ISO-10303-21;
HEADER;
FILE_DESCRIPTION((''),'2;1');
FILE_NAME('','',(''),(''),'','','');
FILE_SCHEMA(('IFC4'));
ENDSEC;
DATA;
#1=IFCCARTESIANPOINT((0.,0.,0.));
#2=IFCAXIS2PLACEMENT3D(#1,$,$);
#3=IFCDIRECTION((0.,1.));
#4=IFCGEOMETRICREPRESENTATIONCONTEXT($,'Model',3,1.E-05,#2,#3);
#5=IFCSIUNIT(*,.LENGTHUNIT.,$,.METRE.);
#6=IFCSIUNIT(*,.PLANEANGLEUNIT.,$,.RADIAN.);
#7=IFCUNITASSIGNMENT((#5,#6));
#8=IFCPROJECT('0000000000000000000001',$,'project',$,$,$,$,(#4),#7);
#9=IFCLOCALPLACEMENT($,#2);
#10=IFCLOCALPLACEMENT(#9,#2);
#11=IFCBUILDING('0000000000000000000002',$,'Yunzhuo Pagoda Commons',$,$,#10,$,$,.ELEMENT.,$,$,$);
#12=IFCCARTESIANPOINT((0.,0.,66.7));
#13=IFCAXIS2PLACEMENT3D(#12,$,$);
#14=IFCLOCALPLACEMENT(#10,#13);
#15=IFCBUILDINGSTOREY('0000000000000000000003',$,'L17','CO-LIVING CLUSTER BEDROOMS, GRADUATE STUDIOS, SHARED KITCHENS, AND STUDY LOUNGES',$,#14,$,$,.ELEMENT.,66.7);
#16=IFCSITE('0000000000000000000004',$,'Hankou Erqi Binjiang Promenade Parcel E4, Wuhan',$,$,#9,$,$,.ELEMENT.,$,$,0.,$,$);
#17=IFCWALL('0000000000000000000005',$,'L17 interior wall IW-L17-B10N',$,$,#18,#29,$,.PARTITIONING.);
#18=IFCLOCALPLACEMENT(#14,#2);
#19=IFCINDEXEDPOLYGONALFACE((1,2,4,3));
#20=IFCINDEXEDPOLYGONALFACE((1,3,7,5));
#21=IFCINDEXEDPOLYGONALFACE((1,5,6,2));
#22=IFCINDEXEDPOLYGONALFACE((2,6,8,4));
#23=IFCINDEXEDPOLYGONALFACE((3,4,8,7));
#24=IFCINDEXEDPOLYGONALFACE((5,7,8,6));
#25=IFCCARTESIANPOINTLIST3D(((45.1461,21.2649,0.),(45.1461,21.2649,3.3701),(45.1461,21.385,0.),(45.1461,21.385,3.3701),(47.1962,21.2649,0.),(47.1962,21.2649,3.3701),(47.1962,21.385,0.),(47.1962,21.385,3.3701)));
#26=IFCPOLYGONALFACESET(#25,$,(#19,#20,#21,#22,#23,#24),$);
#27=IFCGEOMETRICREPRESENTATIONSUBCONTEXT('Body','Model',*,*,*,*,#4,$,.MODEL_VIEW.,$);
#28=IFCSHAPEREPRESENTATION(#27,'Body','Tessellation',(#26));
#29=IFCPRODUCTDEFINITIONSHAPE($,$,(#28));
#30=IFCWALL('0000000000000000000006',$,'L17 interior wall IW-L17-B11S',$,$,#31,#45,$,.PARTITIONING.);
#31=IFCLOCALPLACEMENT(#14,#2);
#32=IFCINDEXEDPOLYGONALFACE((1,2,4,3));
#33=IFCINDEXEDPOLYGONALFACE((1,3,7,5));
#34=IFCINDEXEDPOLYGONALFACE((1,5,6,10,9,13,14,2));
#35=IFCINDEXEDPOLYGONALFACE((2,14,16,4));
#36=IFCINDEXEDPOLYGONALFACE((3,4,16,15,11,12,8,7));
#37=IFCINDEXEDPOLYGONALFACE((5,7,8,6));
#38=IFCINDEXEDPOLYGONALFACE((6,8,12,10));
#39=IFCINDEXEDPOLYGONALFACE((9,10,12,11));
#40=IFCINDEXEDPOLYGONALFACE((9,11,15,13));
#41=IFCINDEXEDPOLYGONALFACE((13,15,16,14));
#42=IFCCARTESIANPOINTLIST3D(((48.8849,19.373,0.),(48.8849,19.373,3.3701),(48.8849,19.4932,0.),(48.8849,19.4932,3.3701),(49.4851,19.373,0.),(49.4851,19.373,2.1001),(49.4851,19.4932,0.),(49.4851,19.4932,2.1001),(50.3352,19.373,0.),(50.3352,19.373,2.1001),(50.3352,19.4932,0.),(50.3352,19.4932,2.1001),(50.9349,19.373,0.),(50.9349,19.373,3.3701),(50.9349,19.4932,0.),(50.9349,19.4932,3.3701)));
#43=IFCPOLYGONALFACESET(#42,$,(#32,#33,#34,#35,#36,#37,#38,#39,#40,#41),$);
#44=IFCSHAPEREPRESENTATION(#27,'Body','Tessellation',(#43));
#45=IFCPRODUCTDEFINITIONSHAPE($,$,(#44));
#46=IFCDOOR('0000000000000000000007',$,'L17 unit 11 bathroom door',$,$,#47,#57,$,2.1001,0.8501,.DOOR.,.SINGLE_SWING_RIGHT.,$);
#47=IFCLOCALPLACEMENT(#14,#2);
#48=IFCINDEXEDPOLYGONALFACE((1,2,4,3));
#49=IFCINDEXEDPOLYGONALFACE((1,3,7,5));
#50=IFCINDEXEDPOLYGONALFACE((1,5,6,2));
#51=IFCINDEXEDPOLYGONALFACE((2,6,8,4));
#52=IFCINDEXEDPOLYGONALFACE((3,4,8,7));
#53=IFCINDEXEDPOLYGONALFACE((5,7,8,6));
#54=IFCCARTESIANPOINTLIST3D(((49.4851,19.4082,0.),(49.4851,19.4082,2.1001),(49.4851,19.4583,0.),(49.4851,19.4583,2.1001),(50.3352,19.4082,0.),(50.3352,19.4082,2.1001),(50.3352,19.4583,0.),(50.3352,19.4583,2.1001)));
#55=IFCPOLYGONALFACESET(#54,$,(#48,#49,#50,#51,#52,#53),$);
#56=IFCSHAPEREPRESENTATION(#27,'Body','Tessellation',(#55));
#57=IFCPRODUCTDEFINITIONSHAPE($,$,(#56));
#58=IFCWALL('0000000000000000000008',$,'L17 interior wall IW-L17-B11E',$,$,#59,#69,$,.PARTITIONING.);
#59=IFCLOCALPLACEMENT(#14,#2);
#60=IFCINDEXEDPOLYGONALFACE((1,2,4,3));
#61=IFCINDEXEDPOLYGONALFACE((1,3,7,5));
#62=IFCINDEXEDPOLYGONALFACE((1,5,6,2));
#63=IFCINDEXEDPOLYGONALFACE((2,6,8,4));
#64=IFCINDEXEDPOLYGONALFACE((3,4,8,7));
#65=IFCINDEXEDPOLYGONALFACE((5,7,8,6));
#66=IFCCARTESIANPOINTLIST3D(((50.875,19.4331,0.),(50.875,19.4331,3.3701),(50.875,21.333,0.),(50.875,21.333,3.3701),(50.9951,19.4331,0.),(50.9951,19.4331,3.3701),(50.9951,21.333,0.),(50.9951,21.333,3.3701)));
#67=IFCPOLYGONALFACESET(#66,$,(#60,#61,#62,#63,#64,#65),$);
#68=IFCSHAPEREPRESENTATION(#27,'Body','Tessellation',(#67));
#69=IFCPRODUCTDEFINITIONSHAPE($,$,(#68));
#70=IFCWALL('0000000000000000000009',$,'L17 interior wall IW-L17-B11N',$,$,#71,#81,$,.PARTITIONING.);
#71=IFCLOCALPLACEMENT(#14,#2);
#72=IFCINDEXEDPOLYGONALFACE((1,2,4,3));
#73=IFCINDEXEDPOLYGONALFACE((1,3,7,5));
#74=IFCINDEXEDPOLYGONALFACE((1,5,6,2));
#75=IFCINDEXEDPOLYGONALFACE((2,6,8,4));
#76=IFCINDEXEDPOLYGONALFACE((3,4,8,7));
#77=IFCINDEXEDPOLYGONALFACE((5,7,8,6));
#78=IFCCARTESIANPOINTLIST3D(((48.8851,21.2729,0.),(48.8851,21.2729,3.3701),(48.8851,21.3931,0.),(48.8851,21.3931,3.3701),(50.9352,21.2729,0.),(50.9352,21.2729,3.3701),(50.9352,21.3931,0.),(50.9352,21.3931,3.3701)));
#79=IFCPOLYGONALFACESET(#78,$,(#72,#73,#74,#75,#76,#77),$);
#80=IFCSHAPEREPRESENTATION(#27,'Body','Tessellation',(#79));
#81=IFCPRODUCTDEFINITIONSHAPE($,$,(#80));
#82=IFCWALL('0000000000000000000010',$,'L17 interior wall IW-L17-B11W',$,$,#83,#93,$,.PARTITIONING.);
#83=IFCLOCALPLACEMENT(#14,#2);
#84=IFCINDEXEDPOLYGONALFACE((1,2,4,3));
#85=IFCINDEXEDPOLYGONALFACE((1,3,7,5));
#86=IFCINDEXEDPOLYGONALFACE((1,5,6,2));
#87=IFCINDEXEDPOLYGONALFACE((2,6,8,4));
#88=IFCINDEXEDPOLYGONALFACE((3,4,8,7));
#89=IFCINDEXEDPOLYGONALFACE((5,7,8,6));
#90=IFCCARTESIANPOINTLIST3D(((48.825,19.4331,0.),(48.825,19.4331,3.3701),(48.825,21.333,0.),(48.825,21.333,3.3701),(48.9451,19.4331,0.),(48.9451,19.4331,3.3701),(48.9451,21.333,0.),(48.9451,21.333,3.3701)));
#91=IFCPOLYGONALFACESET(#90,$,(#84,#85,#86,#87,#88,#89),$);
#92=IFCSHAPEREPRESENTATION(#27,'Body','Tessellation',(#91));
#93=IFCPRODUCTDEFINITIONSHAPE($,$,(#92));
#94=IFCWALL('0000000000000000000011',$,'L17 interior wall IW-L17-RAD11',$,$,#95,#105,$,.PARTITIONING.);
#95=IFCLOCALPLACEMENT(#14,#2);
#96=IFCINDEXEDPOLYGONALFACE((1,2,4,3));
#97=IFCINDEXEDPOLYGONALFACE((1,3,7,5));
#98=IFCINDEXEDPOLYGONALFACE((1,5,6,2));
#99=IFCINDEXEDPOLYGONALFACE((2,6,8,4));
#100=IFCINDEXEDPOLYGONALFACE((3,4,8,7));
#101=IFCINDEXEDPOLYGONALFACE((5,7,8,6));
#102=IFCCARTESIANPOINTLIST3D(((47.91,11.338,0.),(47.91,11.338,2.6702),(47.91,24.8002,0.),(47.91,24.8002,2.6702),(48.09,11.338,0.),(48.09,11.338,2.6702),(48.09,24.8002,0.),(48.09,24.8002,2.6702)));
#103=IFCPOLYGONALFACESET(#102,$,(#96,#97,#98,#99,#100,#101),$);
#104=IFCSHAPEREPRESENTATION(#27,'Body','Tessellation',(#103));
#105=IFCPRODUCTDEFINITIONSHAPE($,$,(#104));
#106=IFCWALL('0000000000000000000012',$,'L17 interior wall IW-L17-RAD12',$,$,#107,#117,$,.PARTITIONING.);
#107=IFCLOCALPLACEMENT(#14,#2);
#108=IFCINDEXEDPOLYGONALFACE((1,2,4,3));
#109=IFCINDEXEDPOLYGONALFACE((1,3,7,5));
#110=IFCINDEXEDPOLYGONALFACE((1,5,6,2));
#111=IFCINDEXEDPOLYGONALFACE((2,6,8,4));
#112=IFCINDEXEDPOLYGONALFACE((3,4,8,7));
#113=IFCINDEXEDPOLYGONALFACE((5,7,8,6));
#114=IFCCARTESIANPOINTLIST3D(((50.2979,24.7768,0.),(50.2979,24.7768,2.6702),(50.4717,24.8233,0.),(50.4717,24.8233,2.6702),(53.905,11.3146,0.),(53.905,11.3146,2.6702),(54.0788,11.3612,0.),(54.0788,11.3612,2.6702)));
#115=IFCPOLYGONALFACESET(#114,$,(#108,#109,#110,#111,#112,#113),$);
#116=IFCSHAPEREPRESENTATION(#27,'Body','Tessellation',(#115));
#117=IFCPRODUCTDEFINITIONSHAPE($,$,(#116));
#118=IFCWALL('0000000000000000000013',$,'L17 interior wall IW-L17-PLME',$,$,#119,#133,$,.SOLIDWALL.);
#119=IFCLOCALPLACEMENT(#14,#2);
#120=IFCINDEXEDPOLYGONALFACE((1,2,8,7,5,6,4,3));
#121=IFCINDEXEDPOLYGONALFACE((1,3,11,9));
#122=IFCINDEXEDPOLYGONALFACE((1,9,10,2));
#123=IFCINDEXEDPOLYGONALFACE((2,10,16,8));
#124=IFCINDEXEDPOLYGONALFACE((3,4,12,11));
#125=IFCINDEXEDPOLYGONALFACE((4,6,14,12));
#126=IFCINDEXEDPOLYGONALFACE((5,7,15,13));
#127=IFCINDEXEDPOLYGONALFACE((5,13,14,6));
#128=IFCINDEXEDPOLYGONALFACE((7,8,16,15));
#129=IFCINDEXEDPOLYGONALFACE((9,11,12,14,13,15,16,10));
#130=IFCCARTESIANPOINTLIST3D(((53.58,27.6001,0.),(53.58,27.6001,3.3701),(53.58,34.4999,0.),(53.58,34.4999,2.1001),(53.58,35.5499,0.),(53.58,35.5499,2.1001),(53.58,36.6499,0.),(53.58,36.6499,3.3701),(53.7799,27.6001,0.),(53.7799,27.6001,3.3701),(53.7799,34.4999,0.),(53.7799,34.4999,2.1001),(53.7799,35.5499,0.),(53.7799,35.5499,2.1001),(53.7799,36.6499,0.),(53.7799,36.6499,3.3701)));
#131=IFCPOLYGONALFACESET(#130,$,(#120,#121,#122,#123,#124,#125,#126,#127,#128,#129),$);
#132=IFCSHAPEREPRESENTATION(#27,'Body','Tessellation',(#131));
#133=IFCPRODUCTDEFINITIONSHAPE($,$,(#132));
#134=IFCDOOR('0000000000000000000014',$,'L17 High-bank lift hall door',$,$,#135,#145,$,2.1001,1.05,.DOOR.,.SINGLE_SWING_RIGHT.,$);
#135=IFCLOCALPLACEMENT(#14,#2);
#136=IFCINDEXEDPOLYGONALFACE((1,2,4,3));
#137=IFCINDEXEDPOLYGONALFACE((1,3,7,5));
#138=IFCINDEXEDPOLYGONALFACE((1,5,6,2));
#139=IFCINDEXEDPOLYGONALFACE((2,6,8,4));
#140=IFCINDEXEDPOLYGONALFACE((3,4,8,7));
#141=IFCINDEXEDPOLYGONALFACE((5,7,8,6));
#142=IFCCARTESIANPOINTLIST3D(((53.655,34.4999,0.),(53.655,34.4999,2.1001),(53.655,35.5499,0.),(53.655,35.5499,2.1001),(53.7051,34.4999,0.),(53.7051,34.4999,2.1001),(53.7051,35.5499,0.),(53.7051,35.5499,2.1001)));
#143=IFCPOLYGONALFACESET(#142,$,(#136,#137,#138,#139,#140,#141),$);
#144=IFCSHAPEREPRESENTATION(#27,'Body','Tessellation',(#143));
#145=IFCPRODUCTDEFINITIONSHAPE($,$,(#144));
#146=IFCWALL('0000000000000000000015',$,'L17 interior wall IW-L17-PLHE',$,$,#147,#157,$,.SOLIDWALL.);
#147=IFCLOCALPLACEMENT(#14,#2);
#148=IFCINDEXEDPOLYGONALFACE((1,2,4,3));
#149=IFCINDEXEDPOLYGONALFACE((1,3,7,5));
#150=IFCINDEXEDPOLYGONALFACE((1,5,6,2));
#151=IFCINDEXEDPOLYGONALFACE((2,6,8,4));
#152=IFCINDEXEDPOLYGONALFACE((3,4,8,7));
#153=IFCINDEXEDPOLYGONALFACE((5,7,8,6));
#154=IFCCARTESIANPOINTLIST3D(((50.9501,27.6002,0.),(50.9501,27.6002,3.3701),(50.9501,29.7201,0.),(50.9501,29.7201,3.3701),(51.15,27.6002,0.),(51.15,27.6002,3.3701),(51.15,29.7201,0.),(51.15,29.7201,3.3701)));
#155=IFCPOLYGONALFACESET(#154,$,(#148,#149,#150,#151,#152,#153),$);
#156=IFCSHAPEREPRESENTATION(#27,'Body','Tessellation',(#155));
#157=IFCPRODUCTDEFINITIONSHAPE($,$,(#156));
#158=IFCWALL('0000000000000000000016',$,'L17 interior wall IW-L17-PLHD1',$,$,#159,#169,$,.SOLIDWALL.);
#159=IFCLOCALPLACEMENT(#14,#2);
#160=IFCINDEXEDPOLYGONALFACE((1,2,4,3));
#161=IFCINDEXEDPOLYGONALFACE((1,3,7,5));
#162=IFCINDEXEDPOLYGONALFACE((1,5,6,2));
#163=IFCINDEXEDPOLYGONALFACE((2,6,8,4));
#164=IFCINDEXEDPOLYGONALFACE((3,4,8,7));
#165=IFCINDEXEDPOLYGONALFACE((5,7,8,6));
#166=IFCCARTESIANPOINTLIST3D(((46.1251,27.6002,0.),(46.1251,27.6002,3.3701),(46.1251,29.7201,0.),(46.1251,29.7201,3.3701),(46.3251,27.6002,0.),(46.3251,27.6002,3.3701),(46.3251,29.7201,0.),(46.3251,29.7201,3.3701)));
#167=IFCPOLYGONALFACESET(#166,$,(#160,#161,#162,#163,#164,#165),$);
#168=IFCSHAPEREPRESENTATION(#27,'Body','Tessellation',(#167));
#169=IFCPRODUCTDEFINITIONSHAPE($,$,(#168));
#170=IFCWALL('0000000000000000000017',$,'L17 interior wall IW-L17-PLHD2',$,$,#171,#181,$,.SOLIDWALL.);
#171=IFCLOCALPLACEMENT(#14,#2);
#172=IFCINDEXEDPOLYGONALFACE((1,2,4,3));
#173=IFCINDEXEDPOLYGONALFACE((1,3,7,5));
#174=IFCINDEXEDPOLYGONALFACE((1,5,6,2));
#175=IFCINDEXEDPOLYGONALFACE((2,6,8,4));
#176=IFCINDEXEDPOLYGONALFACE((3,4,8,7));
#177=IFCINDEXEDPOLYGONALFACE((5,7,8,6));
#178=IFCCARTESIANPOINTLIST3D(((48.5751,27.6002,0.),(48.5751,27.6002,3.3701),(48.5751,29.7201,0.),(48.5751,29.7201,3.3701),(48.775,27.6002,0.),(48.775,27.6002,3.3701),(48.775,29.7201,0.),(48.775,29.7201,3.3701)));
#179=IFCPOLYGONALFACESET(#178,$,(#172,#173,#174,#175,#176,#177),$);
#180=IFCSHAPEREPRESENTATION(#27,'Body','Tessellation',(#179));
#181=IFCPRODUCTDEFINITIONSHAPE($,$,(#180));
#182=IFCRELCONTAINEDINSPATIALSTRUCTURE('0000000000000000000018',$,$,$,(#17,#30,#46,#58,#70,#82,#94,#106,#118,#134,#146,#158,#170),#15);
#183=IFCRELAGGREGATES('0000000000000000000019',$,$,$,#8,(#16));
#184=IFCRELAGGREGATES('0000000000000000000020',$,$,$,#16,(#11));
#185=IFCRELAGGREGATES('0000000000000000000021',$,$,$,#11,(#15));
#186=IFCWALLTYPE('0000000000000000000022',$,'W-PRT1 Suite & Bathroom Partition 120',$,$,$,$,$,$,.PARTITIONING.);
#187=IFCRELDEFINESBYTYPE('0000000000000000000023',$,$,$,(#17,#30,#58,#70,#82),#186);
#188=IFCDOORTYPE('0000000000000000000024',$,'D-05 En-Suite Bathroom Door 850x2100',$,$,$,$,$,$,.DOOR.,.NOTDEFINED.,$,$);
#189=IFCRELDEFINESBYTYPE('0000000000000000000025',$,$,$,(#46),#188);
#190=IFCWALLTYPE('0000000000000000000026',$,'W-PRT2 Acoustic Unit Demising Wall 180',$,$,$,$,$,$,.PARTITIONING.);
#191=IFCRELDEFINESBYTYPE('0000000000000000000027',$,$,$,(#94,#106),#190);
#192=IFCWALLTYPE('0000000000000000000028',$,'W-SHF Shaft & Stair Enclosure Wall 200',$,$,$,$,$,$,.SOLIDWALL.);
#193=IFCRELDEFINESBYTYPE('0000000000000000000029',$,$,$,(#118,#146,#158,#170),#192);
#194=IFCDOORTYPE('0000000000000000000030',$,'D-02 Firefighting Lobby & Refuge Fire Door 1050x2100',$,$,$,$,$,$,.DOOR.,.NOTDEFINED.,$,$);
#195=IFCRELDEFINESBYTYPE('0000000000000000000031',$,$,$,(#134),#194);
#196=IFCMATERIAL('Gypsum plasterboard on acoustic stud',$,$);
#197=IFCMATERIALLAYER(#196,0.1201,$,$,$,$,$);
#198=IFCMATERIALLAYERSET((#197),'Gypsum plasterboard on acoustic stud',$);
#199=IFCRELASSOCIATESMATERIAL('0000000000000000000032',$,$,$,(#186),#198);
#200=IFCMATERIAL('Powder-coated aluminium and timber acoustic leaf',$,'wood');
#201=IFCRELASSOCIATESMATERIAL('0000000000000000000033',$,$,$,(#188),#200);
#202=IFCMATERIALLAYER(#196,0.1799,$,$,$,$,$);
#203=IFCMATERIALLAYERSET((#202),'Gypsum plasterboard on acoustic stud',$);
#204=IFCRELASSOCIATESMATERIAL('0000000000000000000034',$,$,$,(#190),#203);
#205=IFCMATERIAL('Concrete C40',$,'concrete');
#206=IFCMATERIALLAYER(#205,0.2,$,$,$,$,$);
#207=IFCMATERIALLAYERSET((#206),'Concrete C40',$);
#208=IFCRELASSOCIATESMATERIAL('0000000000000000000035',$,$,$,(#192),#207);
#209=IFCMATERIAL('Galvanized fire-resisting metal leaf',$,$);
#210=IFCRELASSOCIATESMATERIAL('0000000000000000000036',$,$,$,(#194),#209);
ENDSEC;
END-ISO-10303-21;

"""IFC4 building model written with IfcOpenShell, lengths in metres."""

from ifc_helpers import new_model, si_unit, direction, frame, frame_2d, origin, origin_with_axes, place, context, subcontext, project, spatial, rectangle, extrude, source, transform, mapped, material, layer, layer_set, type_object, element, fill, save


model = new_model("IFC4")

# Units and contexts
model_context = context("Model", 3, precision=1e-05, world=origin(), true_north=direction((0.0, 1.0)))
body_context = subcontext(model_context, "Body", "Model", "MODEL_VIEW")
ifc_project = project(units=[si_unit("LENGTHUNIT", "METRE"), si_unit("PLANEANGLEUNIT", "RADIAN")], contexts=[model_context])

# Site, building, storey
site_placement = place(None, origin())
site = spatial("IfcSite", under=ifc_project, at=site_placement, Name="Hankou Erqi Binjiang Promenade Parcel E4, Wuhan", CompositionType="ELEMENT", RefElevation=0.0)
building_placement = place(site_placement, origin())
building = spatial("IfcBuilding", under=site, at=building_placement, Name="Yunzhuo Pagoda Commons", CompositionType="ELEMENT")
storey_placement = place(building_placement, frame((0.0, 0.0, 66.7)))
storey = spatial("IfcBuildingStorey", under=building, at=storey_placement, Name="L17", Description="CO-LIVING CLUSTER BEDROOMS, GRADUATE STUDIOS, SHARED KITCHENS, AND STUDY LOUNGES", CompositionType="ELEMENT", Elevation=66.7)

# Shared definitions
ifc_material_1 = material(Name="Gypsum plasterboard on acoustic stud")
ifc_material_2 = material(Name="Galvanized fire-resisting metal leaf")

# Wall
ifc_layer_1 = layer(ifc_material_1, 0.1201)
ifc_layer_set_1 = layer_set([ifc_layer_1], Name="Gypsum plasterboard on acoustic stud")
wall_type_1 = type_object("IfcWallType", Name="W-PRT1 Suite & Bathroom Partition 120", PredefinedType="PARTITIONING", material=ifc_layer_set_1)
wall_1_placement = place(storey_placement, frame((47.196, 21.325, 0.0), z_axis=(0.0, 0.0, 1.0), x_axis=(-1.0, 0.0, 0.0)))
element("IfcWall", 1, at=wall_1_placement, inside=storey, type_object=wall_type_1, Name="L17 interior wall IW-L17-B10N", PredefinedType="PARTITIONING", context=body_context, shape_type="SweptSolid", body=[
    extrude(rectangle(XDim=2.05, YDim=0.1201, at=frame_2d((1.0249, 0.0))), origin(), (0.0, 0.0, 1.0), 3.3701),
])

# Wall, opening, door
wall_2_placement = place(storey_placement, frame((48.885, 19.4331, 0.0), z_axis=(0.0, 0.0, 1.0), x_axis=(1.0, 0.0, 0.0)))
wall_2 = element("IfcWall", 2, at=wall_2_placement, inside=storey, type_object=wall_type_1, Name="L17 interior wall IW-L17-B11S", PredefinedType="PARTITIONING", context=body_context, shape_type="SweptSolid", body=[
    extrude(rectangle(XDim=2.05, YDim=0.1201, at=frame_2d((1.0249, 0.0))), origin(), (0.0, 0.0, 1.0), 3.3701),
])
opening_1_placement = place(wall_2_placement, frame((0.6001, 0.0, 0.0)))
opening_1 = element("IfcOpeningElement", 3, at=opening_1_placement, cuts=wall_2, PredefinedType="OPENING", context=body_context, shape_type="SweptSolid", body=[
    extrude(rectangle(XDim=0.8501, YDim=2.1001, at=frame_2d((0.425, 1.05))), frame((0.0, 0.0701, 0.0), z_axis=(0.0, -1.0, 0.0), x_axis=(1.0, 0.0, 0.0)), (0.0, 0.0, 1.0), 0.1401),
])
ifc_material_3 = material(Name="Powder-coated aluminium and timber acoustic leaf", Category="wood")
door_type_1 = type_object("IfcDoorType", Name="D-05 En-Suite Bathroom Door 850x2100", OperationType="NOTDEFINED", PredefinedType="DOOR", material=ifc_material_3)
shared_shape_1 = source(origin(), body_context, "Body", "SweptSolid", [
    extrude(rectangle(XDim=0.8501, YDim=2.1001, at=frame_2d((0.425, 1.05))), frame((0.0, 0.0249, 0.0), z_axis=(0.0, -1.0, 0.0), x_axis=(1.0, 0.0, 0.0)), (0.0, 0.0, 1.0), 0.05),
])
door_1_placement = place(opening_1_placement, frame((0.8501, 0.0, 0.0), z_axis=(0.0, 0.0, 1.0), x_axis=(-1.0, 0.0, 0.0)))
door_1 = element("IfcDoor", 4, at=door_1_placement, inside=storey, type_object=door_type_1, Name="L17 unit 11 bathroom door", OperationType="SINGLE_SWING_RIGHT", OverallHeight=2.1001, OverallWidth=0.8501, PredefinedType="DOOR", context=body_context, shape_type="MappedRepresentation", body=[
    mapped(shared_shape_1, transform((0.0, 0.0, 0.0), scale=1.0)),
])
fill(opening_1, door_1)

# Walls
wall_3_placement = place(storey_placement, frame((50.9351, 19.4331, 0.0), z_axis=(0.0, 0.0, 1.0), x_axis=(0.0, 1.0, 0.0)))
element("IfcWall", 5, at=wall_3_placement, inside=storey, type_object=wall_type_1, Name="L17 interior wall IW-L17-B11E", PredefinedType="PARTITIONING", context=body_context, shape_type="SweptSolid", body=[
    extrude(rectangle(XDim=1.8999, YDim=0.1201, at=frame_2d((0.95, 0.0))), origin(), (0.0, 0.0, 1.0), 3.3701),
])
wall_4_placement = place(storey_placement, frame((50.9351, 21.333, 0.0), z_axis=(0.0, 0.0, 1.0), x_axis=(-1.0, 0.0, 0.0)))
element("IfcWall", 6, at=wall_4_placement, inside=storey, type_object=wall_type_1, Name="L17 interior wall IW-L17-B11N", PredefinedType="PARTITIONING", context=body_context, shape_type="SweptSolid", body=[
    extrude(rectangle(XDim=2.05, YDim=0.1201, at=frame_2d((1.0249, 0.0))), origin(), (0.0, 0.0, 1.0), 3.3701),
])
wall_5_placement = place(storey_placement, frame((48.885, 21.333, 0.0), z_axis=(0.0, 0.0, 1.0), x_axis=(0.0, -1.0, 0.0)))
element("IfcWall", 7, at=wall_5_placement, inside=storey, type_object=wall_type_1, Name="L17 interior wall IW-L17-B11W", PredefinedType="PARTITIONING", context=body_context, shape_type="SweptSolid", body=[
    extrude(rectangle(XDim=1.8999, YDim=0.1201, at=frame_2d((0.95, 0.0))), origin(), (0.0, 0.0, 1.0), 3.3701),
])
ifc_layer_2 = layer(ifc_material_1, 0.1799)
ifc_layer_set_2 = layer_set([ifc_layer_2], Name="Gypsum plasterboard on acoustic stud")
wall_type_2 = type_object("IfcWallType", Name="W-PRT2 Acoustic Unit Demising Wall 180", PredefinedType="PARTITIONING", material=ifc_layer_set_2)
wall_6_placement = place(storey_placement, frame((48.0, 24.8, 0.0), z_axis=(0.0, 0.0, 1.0), x_axis=(0.0, -1.0, 0.0)))
element("IfcWall", 8, at=wall_6_placement, inside=storey, type_object=wall_type_2, Name="L17 interior wall IW-L17-RAD11", PredefinedType="PARTITIONING", context=body_context, shape_type="SweptSolid", body=[
    extrude(rectangle(XDim=13.4622, YDim=0.1799, at=frame_2d((6.731, 0.0))), origin(), (0.0, 0.0, 1.0), 2.6702),
])
wall_7_placement = place(storey_placement, frame((50.3848, 24.8, 0.0), z_axis=(0.0, 0.0, 1.0), x_axis=(0.258819, -0.965926, 0.0)))
element("IfcWall", 9, at=wall_7_placement, inside=storey, type_object=wall_type_2, Name="L17 interior wall IW-L17-RAD12", PredefinedType="PARTITIONING", context=body_context, shape_type="SweptSolid", body=[
    extrude(rectangle(XDim=13.937, YDim=0.1799, at=frame_2d((6.9685, 0.0))), origin(), (0.0, 0.0, 1.0), 2.6702),
])

# Wall, opening, door
ifc_material_4 = material(Name="Concrete C40", Category="concrete")
ifc_layer_3 = layer(ifc_material_4, 0.2)
ifc_layer_set_3 = layer_set([ifc_layer_3], Name="Concrete C40")
wall_type_3 = type_object("IfcWallType", Name="W-SHF Shaft & Stair Enclosure Wall 200", PredefinedType="SOLIDWALL", material=ifc_layer_set_3)
wall_8_placement = place(storey_placement, frame((53.6799, 27.6001, 0.0), z_axis=(0.0, 0.0, 1.0), x_axis=(0.0, 1.0, 0.0)))
wall_8 = element("IfcWall", 10, at=wall_8_placement, inside=storey, type_object=wall_type_3, Name="L17 interior wall IW-L17-PLME", PredefinedType="SOLIDWALL", context=body_context, shape_type="SweptSolid", body=[
    extrude(rectangle(XDim=9.0498, YDim=0.2, at=frame_2d((4.5249, 0.0))), origin(), (0.0, 0.0, 1.0), 3.3701),
])
opening_2_placement = place(wall_8_placement, frame((6.8999, 0.0, 0.0)))
opening_2 = element("IfcOpeningElement", 11, at=opening_2_placement, cuts=wall_8, PredefinedType="OPENING", context=body_context, shape_type="SweptSolid", body=[
    extrude(rectangle(XDim=1.05, YDim=2.1001, at=frame_2d((0.5249, 1.05))), frame((0.0, 0.1099, 0.0), z_axis=(0.0, -1.0, 0.0), x_axis=(1.0, 0.0, 0.0)), (0.0, 0.0, 1.0), 0.22),
])
door_type_2 = type_object("IfcDoorType", Name="D-02 Firefighting Lobby & Refuge Fire Door 1050x2100", OperationType="NOTDEFINED", PredefinedType="DOOR", material=ifc_material_2)
shared_shape_2 = source(origin(), body_context, "Body", "SweptSolid", [
    extrude(rectangle(XDim=1.05, YDim=2.1001, at=frame_2d((0.5249, 1.05))), frame((0.0, 0.0249, 0.0), z_axis=(0.0, -1.0, 0.0), x_axis=(1.0, 0.0, 0.0)), (0.0, 0.0, 1.0), 0.05),
])
door_2_placement = place(opening_2_placement, origin_with_axes())
door_2 = element("IfcDoor", 12, at=door_2_placement, inside=storey, type_object=door_type_2, Name="L17 High-bank lift hall door", OperationType="SINGLE_SWING_RIGHT", OverallHeight=2.1001, OverallWidth=1.05, PredefinedType="DOOR", context=body_context, shape_type="MappedRepresentation", body=[
    mapped(shared_shape_2, transform((0.0, 0.0, 0.0), scale=1.0)),
])
fill(opening_2, door_2)

# Walls
for number, where, z_axis, x_axis, name in (
    (13, (51.05, 27.6001, 0.0), (0.0, 0.0, 1.0), (0.0, 1.0, 0.0), "L17 interior wall IW-L17-PLHE"),
    (14, (46.2251, 27.6001, 0.0), (0.0, 0.0, 1.0), (0.0, 1.0, 0.0), "L17 interior wall IW-L17-PLHD1"),
    (15, (48.675, 27.6001, 0.0), (0.0, 0.0, 1.0), (0.0, 1.0, 0.0), "L17 interior wall IW-L17-PLHD2"),
):
    element("IfcWall", number, at=place(storey_placement, frame(where, z_axis=z_axis, x_axis=x_axis)), inside=storey, type_object=wall_type_3, Name=name, PredefinedType="SOLIDWALL", context=body_context, shape_type="SweptSolid", body=[
        extrude(rectangle(XDim=2.1199, YDim=0.2, at=frame_2d((1.0601, 0.0))), origin(), (0.0, 0.0, 1.0), 3.3701),
    ])

save(model, "model.ifc")
